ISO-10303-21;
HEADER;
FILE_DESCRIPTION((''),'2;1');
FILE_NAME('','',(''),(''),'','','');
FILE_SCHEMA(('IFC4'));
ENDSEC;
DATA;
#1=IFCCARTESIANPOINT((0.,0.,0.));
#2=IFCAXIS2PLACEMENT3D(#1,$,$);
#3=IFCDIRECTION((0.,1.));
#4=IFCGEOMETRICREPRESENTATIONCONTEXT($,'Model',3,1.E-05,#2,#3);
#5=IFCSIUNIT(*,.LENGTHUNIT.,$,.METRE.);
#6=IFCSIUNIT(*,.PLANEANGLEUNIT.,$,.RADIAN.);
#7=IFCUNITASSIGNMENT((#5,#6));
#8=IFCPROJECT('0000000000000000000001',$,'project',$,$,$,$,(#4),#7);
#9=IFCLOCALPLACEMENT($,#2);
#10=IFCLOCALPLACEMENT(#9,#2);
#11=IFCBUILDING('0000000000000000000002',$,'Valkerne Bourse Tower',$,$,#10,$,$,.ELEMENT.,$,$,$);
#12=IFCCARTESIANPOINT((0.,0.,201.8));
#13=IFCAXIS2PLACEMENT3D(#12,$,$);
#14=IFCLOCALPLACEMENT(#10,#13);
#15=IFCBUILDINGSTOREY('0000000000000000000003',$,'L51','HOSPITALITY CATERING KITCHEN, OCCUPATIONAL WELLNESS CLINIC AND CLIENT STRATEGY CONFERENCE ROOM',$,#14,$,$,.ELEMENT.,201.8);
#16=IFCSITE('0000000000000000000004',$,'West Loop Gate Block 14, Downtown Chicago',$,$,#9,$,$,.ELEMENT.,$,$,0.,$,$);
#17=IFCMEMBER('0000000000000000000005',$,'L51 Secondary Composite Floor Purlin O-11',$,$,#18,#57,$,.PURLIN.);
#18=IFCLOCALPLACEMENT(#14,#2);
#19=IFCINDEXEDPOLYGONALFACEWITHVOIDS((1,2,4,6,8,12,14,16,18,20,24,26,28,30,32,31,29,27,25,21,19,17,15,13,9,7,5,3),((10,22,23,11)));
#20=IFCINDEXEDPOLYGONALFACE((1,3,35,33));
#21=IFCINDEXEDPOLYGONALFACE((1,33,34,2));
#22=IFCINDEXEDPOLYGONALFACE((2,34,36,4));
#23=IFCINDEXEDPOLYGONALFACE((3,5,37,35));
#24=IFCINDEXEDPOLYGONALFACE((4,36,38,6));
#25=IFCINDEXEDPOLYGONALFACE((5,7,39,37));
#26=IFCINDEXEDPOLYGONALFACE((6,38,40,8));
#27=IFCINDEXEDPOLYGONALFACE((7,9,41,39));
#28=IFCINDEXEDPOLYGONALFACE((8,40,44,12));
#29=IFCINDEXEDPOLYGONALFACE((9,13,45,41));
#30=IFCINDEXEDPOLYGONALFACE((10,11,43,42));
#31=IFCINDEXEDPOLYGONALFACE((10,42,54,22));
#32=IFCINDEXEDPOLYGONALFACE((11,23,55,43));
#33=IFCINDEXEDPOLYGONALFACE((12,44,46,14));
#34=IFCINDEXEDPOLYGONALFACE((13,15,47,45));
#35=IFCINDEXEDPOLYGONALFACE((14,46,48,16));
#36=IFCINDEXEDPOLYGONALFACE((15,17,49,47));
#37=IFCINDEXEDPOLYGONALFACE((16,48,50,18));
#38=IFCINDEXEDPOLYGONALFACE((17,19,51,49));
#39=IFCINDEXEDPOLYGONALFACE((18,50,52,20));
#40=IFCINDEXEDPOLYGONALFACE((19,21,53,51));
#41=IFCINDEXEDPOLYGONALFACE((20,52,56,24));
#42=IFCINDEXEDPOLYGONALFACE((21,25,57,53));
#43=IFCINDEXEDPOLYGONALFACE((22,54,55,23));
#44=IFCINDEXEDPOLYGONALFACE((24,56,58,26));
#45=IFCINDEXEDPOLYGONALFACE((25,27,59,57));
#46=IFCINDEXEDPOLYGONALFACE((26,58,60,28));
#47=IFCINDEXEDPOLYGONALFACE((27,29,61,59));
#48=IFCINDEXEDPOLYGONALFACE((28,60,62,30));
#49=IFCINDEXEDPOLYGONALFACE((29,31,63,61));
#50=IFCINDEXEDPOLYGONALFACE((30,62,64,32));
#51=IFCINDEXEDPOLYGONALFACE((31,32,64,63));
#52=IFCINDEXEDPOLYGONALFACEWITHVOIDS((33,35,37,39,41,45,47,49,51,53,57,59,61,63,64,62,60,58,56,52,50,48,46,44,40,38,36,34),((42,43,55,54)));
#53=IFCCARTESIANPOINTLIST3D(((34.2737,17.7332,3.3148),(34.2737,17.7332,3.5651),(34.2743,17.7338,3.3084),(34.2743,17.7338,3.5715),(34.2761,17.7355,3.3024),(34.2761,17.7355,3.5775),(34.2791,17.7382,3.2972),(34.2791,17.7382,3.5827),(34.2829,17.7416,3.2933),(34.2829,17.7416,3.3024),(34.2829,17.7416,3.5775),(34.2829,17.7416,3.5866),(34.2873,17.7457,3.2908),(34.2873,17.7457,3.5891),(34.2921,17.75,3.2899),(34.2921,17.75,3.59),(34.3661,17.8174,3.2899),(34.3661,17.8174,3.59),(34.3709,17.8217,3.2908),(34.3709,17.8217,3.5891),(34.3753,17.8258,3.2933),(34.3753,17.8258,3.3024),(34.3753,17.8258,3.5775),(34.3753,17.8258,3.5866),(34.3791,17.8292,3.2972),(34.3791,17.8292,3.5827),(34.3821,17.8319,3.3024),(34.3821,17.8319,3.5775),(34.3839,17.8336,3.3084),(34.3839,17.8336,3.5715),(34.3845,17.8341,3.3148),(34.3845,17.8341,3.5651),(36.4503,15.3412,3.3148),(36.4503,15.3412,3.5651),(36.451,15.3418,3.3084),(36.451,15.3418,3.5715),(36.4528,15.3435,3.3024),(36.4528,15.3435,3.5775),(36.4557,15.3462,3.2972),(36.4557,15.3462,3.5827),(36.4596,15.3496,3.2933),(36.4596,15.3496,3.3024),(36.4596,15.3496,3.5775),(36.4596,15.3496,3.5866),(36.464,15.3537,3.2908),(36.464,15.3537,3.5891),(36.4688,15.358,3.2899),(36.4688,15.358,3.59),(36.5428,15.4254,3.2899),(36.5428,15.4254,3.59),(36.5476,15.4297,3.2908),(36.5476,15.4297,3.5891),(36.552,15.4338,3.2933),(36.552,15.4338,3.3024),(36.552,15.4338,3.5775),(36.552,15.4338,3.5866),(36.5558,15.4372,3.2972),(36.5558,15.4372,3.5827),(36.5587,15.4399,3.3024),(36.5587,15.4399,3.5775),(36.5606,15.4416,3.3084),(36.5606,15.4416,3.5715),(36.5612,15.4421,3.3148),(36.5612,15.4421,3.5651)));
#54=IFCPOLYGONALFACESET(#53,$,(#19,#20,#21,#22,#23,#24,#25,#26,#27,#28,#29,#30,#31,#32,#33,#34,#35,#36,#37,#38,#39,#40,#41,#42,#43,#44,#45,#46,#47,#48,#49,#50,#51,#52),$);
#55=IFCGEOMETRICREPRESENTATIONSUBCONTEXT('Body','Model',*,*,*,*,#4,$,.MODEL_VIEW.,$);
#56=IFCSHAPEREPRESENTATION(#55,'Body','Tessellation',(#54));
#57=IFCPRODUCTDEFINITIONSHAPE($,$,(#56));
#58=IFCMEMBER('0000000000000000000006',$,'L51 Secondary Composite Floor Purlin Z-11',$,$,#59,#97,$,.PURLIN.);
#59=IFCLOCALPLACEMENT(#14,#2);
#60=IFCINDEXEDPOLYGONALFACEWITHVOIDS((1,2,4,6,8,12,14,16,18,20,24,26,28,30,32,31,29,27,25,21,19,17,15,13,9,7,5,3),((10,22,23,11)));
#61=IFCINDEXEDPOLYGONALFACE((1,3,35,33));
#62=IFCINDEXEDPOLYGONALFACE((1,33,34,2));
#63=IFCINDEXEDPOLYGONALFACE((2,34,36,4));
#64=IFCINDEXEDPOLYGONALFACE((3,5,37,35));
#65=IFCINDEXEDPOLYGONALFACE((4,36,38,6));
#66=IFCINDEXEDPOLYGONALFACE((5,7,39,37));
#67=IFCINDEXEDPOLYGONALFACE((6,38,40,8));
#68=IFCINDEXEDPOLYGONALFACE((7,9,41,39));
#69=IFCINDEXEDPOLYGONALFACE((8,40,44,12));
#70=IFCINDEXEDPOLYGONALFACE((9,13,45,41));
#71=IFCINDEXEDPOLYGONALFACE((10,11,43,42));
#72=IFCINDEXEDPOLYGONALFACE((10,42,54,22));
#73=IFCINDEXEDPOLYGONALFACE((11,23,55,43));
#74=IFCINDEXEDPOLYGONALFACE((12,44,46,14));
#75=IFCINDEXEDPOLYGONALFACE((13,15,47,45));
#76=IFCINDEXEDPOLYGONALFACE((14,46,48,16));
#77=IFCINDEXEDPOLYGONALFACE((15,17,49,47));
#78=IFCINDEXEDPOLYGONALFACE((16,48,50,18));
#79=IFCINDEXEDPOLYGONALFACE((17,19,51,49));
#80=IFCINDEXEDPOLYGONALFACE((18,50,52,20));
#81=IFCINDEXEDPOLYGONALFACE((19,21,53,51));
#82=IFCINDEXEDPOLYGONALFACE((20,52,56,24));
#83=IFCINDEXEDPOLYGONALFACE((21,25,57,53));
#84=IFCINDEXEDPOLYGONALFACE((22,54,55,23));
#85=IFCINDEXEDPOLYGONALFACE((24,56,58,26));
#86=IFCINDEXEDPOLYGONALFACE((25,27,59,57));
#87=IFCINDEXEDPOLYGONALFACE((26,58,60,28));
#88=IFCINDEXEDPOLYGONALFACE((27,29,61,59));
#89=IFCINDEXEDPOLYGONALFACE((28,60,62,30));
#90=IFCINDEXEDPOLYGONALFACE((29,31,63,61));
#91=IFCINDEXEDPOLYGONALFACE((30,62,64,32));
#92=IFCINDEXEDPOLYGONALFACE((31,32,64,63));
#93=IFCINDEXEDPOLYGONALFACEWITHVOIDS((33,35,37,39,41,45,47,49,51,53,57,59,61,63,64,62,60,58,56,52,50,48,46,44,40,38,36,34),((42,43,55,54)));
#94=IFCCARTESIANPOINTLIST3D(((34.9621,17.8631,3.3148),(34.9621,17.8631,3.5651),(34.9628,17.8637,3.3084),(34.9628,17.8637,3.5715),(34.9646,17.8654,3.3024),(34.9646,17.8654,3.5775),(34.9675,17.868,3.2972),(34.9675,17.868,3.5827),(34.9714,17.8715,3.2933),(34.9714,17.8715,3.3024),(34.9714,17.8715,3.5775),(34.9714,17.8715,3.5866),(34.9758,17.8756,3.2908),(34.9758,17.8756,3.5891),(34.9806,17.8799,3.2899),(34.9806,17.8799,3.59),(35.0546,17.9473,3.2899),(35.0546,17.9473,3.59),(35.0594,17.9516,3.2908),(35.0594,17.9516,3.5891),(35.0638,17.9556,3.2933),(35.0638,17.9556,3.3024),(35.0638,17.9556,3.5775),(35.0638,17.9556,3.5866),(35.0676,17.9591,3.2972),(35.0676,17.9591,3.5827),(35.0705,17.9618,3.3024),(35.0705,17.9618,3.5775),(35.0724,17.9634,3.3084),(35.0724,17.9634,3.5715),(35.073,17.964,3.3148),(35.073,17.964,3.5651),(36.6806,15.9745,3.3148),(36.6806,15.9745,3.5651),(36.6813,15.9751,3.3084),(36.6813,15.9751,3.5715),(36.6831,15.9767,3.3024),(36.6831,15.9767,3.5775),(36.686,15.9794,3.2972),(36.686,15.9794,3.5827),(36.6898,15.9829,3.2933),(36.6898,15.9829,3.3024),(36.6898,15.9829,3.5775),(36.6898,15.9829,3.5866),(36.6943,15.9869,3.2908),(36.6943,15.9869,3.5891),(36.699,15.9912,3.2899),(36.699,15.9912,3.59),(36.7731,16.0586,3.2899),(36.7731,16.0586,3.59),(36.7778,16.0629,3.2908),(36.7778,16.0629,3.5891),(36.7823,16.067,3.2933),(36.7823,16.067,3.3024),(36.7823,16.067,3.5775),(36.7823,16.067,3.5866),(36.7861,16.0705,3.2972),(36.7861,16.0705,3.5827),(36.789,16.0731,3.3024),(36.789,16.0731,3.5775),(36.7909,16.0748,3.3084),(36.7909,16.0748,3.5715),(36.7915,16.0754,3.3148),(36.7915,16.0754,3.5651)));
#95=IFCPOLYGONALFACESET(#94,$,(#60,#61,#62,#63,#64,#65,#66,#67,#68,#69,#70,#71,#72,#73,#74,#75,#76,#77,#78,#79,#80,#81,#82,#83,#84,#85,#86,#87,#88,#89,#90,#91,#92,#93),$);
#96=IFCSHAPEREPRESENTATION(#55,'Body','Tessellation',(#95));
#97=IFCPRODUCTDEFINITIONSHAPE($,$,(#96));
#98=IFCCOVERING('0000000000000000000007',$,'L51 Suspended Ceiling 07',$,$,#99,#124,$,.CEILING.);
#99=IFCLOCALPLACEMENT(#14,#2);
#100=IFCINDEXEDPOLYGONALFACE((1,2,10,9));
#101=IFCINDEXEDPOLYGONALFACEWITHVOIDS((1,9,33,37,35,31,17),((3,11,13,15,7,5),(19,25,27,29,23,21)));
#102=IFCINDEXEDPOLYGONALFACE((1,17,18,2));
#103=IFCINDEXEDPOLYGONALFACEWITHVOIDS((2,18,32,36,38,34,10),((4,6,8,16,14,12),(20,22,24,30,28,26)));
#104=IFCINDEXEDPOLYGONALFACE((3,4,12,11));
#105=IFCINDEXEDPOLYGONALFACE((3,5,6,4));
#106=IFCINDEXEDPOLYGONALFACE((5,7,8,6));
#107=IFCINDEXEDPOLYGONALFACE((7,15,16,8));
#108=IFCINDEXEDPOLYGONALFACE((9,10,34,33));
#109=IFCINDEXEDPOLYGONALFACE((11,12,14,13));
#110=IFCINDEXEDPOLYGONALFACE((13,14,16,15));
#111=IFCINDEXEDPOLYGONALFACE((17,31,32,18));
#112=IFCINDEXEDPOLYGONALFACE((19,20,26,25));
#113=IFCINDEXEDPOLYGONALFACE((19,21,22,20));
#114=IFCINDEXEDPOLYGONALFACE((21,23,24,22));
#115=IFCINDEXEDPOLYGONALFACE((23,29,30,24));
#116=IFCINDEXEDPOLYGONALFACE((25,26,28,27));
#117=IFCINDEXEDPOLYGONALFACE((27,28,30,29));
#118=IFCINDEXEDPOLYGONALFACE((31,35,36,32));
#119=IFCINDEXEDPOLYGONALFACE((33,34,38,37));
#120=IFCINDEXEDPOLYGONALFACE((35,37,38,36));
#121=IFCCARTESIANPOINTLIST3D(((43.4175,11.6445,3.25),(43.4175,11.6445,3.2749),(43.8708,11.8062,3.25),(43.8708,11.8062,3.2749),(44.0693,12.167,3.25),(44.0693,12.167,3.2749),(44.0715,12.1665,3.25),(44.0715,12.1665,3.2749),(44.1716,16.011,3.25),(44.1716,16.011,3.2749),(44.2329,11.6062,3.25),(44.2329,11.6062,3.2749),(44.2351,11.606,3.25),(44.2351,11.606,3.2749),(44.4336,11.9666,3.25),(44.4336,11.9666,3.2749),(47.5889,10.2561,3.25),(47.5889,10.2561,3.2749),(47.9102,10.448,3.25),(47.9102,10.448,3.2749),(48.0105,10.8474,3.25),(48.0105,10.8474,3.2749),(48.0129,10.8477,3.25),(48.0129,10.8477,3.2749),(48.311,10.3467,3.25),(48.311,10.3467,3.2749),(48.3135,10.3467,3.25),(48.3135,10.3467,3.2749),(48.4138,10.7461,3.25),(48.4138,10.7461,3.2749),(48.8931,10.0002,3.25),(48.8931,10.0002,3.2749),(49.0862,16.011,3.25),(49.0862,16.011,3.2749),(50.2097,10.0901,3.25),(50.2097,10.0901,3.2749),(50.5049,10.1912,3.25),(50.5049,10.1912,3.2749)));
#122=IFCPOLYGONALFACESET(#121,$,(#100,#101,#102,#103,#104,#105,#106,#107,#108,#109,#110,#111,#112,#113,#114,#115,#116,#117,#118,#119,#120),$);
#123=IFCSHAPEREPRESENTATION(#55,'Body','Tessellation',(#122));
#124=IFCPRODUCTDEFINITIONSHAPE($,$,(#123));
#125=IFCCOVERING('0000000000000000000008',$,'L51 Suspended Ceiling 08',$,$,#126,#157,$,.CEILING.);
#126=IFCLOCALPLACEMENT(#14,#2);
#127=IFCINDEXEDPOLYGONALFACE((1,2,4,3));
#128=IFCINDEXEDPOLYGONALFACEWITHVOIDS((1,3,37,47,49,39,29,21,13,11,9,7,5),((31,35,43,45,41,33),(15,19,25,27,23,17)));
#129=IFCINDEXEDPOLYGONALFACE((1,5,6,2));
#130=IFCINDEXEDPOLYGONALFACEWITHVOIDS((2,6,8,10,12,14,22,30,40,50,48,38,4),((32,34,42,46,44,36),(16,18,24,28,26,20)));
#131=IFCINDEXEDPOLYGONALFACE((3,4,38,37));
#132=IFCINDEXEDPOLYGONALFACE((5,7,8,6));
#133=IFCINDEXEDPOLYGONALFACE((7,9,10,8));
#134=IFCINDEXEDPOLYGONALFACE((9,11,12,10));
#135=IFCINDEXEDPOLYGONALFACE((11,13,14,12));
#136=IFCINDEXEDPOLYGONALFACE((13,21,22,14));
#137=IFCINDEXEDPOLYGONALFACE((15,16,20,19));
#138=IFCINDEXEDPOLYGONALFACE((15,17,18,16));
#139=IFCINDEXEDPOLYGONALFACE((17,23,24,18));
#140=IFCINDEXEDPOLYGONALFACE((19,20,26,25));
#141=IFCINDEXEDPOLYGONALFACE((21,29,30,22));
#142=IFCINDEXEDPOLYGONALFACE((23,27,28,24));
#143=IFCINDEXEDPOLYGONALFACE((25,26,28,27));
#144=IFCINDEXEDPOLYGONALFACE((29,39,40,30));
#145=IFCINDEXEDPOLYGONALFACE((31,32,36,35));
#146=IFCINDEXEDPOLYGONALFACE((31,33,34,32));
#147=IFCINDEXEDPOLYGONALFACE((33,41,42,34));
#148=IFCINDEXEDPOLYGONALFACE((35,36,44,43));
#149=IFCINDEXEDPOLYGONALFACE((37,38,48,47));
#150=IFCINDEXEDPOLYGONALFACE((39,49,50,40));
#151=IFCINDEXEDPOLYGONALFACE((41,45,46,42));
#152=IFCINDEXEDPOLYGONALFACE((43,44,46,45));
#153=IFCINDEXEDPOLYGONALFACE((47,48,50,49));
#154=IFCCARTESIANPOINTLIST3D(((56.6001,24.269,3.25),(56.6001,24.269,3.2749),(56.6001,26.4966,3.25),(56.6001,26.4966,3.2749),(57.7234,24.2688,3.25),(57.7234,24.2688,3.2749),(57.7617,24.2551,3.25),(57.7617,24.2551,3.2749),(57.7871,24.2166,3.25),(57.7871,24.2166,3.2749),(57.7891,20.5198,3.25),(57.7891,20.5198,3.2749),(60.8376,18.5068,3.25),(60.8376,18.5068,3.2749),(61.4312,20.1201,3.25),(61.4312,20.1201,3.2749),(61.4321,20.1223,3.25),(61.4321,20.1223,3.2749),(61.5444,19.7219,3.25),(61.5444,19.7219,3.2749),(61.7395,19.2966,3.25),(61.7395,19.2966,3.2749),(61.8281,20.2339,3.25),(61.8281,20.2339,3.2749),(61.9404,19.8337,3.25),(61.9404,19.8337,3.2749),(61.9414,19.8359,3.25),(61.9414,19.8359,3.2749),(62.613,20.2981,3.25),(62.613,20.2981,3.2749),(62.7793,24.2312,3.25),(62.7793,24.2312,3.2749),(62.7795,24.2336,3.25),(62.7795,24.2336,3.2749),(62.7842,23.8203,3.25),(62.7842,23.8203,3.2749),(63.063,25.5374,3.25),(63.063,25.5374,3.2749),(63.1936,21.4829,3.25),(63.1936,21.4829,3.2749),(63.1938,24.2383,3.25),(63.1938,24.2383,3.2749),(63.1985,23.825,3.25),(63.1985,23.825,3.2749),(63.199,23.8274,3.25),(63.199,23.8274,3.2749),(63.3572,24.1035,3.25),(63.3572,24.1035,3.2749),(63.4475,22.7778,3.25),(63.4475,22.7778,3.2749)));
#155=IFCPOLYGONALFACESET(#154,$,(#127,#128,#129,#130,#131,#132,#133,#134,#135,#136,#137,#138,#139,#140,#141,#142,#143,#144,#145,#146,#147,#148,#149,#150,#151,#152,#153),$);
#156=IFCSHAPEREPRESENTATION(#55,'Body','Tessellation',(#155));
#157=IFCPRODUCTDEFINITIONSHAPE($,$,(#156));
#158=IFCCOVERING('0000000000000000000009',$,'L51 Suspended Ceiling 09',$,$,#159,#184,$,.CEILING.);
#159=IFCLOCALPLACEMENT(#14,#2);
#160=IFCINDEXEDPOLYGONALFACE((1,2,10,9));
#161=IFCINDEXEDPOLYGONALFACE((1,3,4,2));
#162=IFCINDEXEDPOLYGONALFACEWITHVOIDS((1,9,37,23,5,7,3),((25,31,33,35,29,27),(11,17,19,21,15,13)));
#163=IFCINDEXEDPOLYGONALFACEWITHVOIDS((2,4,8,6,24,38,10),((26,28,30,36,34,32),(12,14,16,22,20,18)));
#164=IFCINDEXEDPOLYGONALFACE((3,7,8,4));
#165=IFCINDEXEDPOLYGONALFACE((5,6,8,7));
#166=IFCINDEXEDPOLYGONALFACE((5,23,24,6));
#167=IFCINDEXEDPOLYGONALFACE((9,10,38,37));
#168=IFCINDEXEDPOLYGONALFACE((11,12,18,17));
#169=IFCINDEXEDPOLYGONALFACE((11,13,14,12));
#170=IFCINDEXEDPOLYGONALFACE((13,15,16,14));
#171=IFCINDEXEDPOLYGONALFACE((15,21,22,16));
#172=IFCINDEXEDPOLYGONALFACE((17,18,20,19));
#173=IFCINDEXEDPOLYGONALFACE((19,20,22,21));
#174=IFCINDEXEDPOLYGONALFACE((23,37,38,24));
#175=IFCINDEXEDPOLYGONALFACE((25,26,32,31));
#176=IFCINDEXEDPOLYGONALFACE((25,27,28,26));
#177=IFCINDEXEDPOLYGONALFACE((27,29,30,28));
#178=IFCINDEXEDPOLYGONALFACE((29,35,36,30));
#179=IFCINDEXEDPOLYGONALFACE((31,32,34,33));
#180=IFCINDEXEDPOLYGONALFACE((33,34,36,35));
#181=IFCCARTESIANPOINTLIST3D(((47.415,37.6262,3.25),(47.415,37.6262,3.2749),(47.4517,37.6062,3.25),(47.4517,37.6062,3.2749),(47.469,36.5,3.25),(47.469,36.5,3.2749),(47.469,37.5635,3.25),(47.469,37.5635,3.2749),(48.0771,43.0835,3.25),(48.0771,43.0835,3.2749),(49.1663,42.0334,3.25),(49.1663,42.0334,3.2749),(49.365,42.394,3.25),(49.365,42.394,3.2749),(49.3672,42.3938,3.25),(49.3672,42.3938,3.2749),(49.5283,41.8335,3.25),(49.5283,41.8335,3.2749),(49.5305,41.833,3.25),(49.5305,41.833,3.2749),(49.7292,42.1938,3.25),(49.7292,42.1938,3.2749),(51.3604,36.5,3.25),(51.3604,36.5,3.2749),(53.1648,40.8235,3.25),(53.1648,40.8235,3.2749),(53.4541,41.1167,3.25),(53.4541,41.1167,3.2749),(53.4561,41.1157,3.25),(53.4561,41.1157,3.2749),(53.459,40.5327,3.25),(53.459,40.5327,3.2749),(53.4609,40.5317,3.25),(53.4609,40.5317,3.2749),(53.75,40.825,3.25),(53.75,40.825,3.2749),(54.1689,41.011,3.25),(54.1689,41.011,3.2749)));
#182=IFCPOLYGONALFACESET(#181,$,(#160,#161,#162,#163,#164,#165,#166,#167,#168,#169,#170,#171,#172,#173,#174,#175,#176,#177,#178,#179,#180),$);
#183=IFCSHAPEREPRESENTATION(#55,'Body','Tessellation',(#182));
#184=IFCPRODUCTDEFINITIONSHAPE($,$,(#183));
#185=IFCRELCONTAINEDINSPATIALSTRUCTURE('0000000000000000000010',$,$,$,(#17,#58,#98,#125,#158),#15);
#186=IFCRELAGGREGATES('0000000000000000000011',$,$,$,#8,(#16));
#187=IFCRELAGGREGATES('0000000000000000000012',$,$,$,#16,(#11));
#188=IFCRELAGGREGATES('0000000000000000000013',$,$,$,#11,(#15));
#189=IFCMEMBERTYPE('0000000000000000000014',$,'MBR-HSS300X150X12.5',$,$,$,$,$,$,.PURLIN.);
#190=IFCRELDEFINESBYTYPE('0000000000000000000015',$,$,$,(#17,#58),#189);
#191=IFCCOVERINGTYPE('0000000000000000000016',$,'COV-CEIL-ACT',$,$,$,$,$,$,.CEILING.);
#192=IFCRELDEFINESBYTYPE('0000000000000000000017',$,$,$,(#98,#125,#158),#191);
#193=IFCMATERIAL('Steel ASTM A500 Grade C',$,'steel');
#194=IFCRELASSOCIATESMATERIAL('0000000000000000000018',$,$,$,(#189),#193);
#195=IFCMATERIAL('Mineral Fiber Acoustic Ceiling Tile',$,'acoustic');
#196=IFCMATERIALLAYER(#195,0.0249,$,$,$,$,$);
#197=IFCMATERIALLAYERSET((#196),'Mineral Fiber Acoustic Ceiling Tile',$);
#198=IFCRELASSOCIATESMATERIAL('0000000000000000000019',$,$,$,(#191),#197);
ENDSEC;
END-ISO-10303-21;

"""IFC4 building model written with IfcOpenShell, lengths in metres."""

from ifc_helpers import new_model, si_unit, direction, frame, origin, origin_2d, place, context, subcontext, project, spatial, polyline, hollow_rectangle, outline, extrude, material, layer, layer_set, material_profile, profile_set, type_object, element, save


model = new_model("IFC4")

# Units and contexts
model_context = context("Model", 3, precision=1e-05, world=origin(), true_north=direction((0.0, 1.0)))
body_context = subcontext(model_context, "Body", "Model", "MODEL_VIEW")
ifc_project = project(units=[si_unit("LENGTHUNIT", "METRE"), si_unit("PLANEANGLEUNIT", "RADIAN")], contexts=[model_context])

# Site, building, storey
site_placement = place(None, origin())
site = spatial("IfcSite", under=ifc_project, at=site_placement, Name="West Loop Gate Block 14, Downtown Chicago", CompositionType="ELEMENT", RefElevation=0.0)
building_placement = place(site_placement, origin())
building = spatial("IfcBuilding", under=site, at=building_placement, Name="Valkerne Bourse Tower", CompositionType="ELEMENT")
storey_placement = place(building_placement, frame((0.0, 0.0, 201.8)))
storey = spatial("IfcBuildingStorey", under=building, at=storey_placement, Name="L51", Description="HOSPITALITY CATERING KITCHEN, OCCUPATIONAL WELLNESS CLINIC AND CLIENT STRATEGY CONFERENCE ROOM", CompositionType="ELEMENT", Elevation=201.8)

# Members
ifc_material_1 = material(Name="Steel ASTM A500 Grade C", Category="steel")
ifc_material_profile_1 = material_profile(ifc_material_1, hollow_rectangle(XDim=0.1499, YDim=0.3, WallThickness=0.0125, OuterFilletRadius=0.0249, at=origin_2d()), Name="HSS300X150X12.5")
ifc_profile_set_1 = profile_set([ifc_material_profile_1], Name="Steel ASTM A500 Grade C")
member_type_1 = type_object("IfcMemberType", Name="MBR-HSS300X150X12.5", PredefinedType="PURLIN", material=ifc_profile_set_1)
member_1_placement = place(storey_placement, frame((34.3291, 17.7837, 3.4399), z_axis=(0.673033, -0.739612, 0.0), x_axis=(0.739612, 0.673033, 0.0)))
element("IfcMember", 1, at=member_1_placement, inside=storey, type_object=member_type_1, Name="L51 Secondary Composite Floor Purlin O-11", PredefinedType="PURLIN", context=body_context, shape_type="SweptSolid", body=[
    extrude(hollow_rectangle(XDim=0.1499, YDim=0.3, WallThickness=0.0125, OuterFilletRadius=0.0249, at=origin_2d()), origin(), (0.0, 0.0, 1.0), 3.2341),
])
member_2_placement = place(storey_placement, frame((35.0176, 17.9136, 3.4399), z_axis=(0.673001, -0.739641, 0.0), x_axis=(0.739641, 0.673001, 0.0)))
element("IfcMember", 2, at=member_2_placement, inside=storey, type_object=member_type_1, Name="L51 Secondary Composite Floor Purlin Z-11", PredefinedType="PURLIN", context=body_context, shape_type="SweptSolid", body=[
    extrude(hollow_rectangle(XDim=0.1499, YDim=0.3, WallThickness=0.0125, OuterFilletRadius=0.0249, at=origin_2d()), origin(), (0.0, 0.0, 1.0), 2.5535),
])

# Coverings
ifc_material_2 = material(Name="Mineral Fiber Acoustic Ceiling Tile", Category="acoustic")
ifc_layer_1 = layer(ifc_material_2, 0.0249)
ifc_layer_set_1 = layer_set([ifc_layer_1], Name="Mineral Fiber Acoustic Ceiling Tile")
covering_type_1 = type_object("IfcCoveringType", Name="COV-CEIL-ACT", PredefinedType="CEILING", material=ifc_layer_set_1)
covering_1_placement = place(storey_placement, frame((0.0, 0.0, 3.25)))
element("IfcCovering", 3, at=covering_1_placement, inside=storey, type_object=covering_type_1, Name="L51 Suspended Ceiling 07", PredefinedType="CEILING", context=body_context, shape_type="SweptSolid", body=[
    extrude(outline(polyline([(47.5889, 10.2561), (43.4175, 11.6445), (44.1716, 16.011), (49.0862, 16.011), (50.5049, 10.1912), (50.2097, 10.0901), (48.8931, 10.0002), (47.5889, 10.2561)]), holes=[polyline([(44.0715, 12.1665), (44.0693, 12.167), (43.8708, 11.8062), (44.2329, 11.6062), (44.2351, 11.606), (44.4336, 11.9666), (44.0715, 12.1665)]), polyline([(48.4138, 10.7461), (48.0129, 10.8477), (48.0105, 10.8474), (47.9102, 10.448), (48.311, 10.3467), (48.3135, 10.3467), (48.4138, 10.7461)])]), origin(), (0.0, 0.0, 1.0), 0.0249),
])
covering_2_placement = place(storey_placement, frame((0.0, 0.0, 3.25)))
element("IfcCovering", 4, at=covering_2_placement, inside=storey, type_object=covering_type_1, Name="L51 Suspended Ceiling 08", PredefinedType="CEILING", context=body_context, shape_type="SweptSolid", body=[
    extrude(outline(polyline([(62.613, 20.2981), (61.7395, 19.2966), (60.8376, 18.5068), (57.7891, 20.5198), (57.7871, 24.2166), (57.7617, 24.2551), (57.7234, 24.2688), (56.6001, 24.269), (56.6001, 26.4966), (63.063, 25.5374), (63.3572, 24.1035), (63.4475, 22.7778), (63.1936, 21.4829), (62.613, 20.2981)]), holes=[polyline([(61.9414, 19.8359), (61.8281, 20.2339), (61.4321, 20.1223), (61.4312, 20.1201), (61.5444, 19.7219), (61.9404, 19.8337), (61.9414, 19.8359)]), polyline([(63.199, 23.8274), (63.1938, 24.2383), (62.7795, 24.2336), (62.7793, 24.2312), (62.7842, 23.8203), (63.1985, 23.825), (63.199, 23.8274)])]), origin(), (0.0, 0.0, 1.0), 0.0249),
])
covering_3_placement = place(storey_placement, frame((0.0, 0.0, 3.25)))
element("IfcCovering", 5, at=covering_3_placement, inside=storey, type_object=covering_type_1, Name="L51 Suspended Ceiling 09", PredefinedType="CEILING", context=body_context, shape_type="SweptSolid", body=[
    extrude(outline(polyline([(47.469, 37.5635), (47.4517, 37.6062), (47.415, 37.6262), (48.0771, 43.0835), (54.1689, 41.011), (51.3604, 36.5), (47.469, 36.5), (47.469, 37.5635)]), holes=[polyline([(53.4561, 41.1157), (53.4541, 41.1167), (53.1648, 40.8235), (53.459, 40.5327), (53.4609, 40.5317), (53.75, 40.825), (53.4561, 41.1157)]), polyline([(49.7292, 42.1938), (49.3672, 42.3938), (49.365, 42.394), (49.1663, 42.0334), (49.5283, 41.8335), (49.5305, 41.833), (49.7292, 42.1938)])]), origin(), (0.0, 0.0, 1.0), 0.0249),
])

save(model, "model.ifc")
